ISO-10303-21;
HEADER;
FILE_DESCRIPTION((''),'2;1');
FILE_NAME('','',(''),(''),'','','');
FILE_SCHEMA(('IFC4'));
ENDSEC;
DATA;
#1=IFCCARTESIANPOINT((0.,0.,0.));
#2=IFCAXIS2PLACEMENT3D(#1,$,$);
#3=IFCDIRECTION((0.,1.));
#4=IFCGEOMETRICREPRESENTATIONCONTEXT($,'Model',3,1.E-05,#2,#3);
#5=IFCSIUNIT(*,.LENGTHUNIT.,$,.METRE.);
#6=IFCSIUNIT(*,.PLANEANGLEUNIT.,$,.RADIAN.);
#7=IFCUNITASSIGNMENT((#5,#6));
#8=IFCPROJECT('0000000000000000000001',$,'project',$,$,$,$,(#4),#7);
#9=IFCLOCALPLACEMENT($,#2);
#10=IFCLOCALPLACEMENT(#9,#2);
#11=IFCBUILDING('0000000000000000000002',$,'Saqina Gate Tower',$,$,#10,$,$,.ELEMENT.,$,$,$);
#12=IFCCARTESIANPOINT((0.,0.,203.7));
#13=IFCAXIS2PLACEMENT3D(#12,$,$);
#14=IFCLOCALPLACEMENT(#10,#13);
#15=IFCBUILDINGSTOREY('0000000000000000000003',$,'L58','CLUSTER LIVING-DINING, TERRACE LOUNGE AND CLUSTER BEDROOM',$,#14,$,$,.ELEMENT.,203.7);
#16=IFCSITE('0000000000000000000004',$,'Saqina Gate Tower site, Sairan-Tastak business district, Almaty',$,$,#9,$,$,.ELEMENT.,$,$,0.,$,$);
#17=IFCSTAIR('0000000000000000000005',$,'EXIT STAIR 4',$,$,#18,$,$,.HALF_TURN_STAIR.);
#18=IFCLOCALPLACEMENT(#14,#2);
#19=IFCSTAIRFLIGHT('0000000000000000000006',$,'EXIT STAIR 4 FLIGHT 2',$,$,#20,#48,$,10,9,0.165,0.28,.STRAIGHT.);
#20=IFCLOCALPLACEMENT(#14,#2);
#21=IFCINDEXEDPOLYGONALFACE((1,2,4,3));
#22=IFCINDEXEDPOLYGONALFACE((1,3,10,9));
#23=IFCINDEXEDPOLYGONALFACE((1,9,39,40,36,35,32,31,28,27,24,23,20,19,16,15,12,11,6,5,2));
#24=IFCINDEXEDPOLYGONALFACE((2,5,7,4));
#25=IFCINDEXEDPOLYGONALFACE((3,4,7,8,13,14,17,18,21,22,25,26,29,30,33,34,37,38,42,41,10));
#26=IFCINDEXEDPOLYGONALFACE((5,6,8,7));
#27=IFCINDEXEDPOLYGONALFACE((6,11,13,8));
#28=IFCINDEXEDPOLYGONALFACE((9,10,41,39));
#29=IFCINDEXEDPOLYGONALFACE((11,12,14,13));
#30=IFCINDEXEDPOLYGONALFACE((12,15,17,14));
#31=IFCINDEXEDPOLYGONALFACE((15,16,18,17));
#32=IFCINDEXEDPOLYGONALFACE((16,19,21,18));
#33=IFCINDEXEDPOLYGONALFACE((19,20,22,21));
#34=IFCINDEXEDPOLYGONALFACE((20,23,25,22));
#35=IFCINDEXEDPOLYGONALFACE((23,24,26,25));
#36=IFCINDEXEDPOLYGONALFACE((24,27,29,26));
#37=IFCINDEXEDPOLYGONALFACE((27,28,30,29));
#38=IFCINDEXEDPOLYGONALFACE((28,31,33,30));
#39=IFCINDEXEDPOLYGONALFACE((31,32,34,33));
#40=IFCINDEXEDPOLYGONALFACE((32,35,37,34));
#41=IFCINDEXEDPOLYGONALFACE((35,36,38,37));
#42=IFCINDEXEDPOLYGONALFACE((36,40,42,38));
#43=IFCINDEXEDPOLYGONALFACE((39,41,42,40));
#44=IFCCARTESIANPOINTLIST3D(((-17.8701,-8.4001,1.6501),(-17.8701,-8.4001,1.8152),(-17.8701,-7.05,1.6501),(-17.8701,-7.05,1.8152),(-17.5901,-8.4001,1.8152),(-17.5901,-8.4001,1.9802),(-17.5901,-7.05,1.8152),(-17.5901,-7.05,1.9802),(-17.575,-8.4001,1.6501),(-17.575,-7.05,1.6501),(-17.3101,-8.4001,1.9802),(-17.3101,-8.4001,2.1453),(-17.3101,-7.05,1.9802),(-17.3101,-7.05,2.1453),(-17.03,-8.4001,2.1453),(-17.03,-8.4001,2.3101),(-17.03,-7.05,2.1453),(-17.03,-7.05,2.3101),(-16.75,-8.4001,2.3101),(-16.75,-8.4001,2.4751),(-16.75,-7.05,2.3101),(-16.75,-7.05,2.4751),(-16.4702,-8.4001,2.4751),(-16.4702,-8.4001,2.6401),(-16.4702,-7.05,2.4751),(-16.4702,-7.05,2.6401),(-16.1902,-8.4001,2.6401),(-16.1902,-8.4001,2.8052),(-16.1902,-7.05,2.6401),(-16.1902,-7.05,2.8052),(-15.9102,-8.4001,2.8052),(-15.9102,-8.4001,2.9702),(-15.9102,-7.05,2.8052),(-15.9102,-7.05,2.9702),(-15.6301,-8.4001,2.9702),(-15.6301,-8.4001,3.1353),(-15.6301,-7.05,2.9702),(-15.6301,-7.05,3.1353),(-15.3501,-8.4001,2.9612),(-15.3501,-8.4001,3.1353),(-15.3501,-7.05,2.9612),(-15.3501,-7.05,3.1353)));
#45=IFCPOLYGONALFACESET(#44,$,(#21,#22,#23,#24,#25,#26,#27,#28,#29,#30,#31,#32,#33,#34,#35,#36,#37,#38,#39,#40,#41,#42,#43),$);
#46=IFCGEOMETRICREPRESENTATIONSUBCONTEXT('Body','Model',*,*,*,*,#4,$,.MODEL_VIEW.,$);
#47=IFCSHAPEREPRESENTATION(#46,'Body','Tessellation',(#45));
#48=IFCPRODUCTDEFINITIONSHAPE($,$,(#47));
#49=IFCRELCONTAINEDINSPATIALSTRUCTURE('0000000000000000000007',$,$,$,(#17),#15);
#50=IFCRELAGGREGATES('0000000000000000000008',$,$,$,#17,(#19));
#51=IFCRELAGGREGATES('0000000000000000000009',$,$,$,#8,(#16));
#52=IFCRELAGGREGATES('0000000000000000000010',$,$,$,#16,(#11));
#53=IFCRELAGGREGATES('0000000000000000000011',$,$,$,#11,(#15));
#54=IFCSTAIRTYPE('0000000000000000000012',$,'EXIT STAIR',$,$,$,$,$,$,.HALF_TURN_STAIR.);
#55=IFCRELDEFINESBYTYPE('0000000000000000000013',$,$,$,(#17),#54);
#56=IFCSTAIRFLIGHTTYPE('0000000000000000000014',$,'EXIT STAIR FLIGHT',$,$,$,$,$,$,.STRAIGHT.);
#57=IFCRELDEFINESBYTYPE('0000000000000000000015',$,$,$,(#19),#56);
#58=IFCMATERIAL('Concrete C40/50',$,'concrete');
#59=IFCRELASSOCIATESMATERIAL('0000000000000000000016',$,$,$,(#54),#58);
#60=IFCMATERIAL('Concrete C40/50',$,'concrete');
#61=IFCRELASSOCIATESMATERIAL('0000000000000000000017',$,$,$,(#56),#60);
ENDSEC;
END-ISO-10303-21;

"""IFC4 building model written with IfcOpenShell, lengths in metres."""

from ifc_helpers import new_model, si_unit, direction, frame, origin, place, context, subcontext, project, spatial, polyline, outline, extrude, material, type_object, element, aggregate, save


model = new_model("IFC4")

# Units and contexts
model_context = context("Model", 3, precision=1e-05, world=origin(), true_north=direction((0.0, 1.0)))
body_context = subcontext(model_context, "Body", "Model", "MODEL_VIEW")
ifc_project = project(units=[si_unit("LENGTHUNIT", "METRE"), si_unit("PLANEANGLEUNIT", "RADIAN")], contexts=[model_context])

# Site, building, storey
site_placement = place(None, origin())
site = spatial("IfcSite", under=ifc_project, at=site_placement, Name="Saqina Gate Tower site, Sairan-Tastak business district, Almaty", CompositionType="ELEMENT", RefElevation=0.0)
building_placement = place(site_placement, origin())
building = spatial("IfcBuilding", under=site, at=building_placement, Name="Saqina Gate Tower", CompositionType="ELEMENT")
storey_placement = place(building_placement, frame((0.0, 0.0, 203.7)))
storey = spatial("IfcBuildingStorey", under=building, at=storey_placement, Name="L58", Description="CLUSTER LIVING-DINING, TERRACE LOUNGE AND CLUSTER BEDROOM", CompositionType="ELEMENT", Elevation=203.7)

# Stair, stair flight
ifc_material_1 = material(Name="Concrete C40/50", Category="concrete")
stair_type = type_object("IfcStairType", Name="EXIT STAIR", PredefinedType="HALF_TURN_STAIR", material=ifc_material_1)
stair_placement = place(storey_placement, origin())
stair = element("IfcStair", 1, at=stair_placement, inside=storey, type_object=stair_type, Name="EXIT STAIR 4", PredefinedType="HALF_TURN_STAIR")
ifc_material_2 = material(Name="Concrete C40/50", Category="concrete")
stair_flight_type = type_object("IfcStairFlightType", Name="EXIT STAIR FLIGHT", PredefinedType="STRAIGHT", material=ifc_material_2)
stair_flight_placement = place(storey_placement, frame((-17.8701, -7.7251, 1.6501), z_axis=(0.0, 0.0, 1.0), x_axis=(1.0, 0.0, 0.0)))
stair_flight = element("IfcStairFlight", 2, at=stair_flight_placement, type_object=stair_flight_type, Name="EXIT STAIR 4 FLIGHT 2", NumberOfRisers=10, NumberOfTreads=9, PredefinedType="STRAIGHT", RiserHeight=0.165, TreadLength=0.28, context=body_context, shape_type="SweptSolid", body=[
    extrude(outline(polyline([(0.0, 0.0), (0.0, 0.165), (0.28, 0.165), (0.28, 0.3301), (0.5601, 0.3301), (0.5601, 0.4951), (0.8401, 0.4951), (0.8401, 0.6599), (1.1201, 0.6599), (1.1201, 0.825), (1.3999, 0.825), (1.3999, 0.99), (1.6799, 0.99), (1.6799, 1.155), (1.96, 1.155), (1.96, 1.3201), (2.24, 1.3201), (2.24, 1.4851), (2.52, 1.4851), (2.52, 1.6499), (2.52, 1.311), (0.2952, 0.0), (0.0, 0.0)])), frame((0.0, 0.675, 0.0), z_axis=(0.0, -1.0, 0.0), x_axis=(1.0, 0.0, 0.0)), (0.0, 0.0, 1.0), 1.3501),
])
aggregate(stair, [stair_flight])

save(model, "model.ifc")
